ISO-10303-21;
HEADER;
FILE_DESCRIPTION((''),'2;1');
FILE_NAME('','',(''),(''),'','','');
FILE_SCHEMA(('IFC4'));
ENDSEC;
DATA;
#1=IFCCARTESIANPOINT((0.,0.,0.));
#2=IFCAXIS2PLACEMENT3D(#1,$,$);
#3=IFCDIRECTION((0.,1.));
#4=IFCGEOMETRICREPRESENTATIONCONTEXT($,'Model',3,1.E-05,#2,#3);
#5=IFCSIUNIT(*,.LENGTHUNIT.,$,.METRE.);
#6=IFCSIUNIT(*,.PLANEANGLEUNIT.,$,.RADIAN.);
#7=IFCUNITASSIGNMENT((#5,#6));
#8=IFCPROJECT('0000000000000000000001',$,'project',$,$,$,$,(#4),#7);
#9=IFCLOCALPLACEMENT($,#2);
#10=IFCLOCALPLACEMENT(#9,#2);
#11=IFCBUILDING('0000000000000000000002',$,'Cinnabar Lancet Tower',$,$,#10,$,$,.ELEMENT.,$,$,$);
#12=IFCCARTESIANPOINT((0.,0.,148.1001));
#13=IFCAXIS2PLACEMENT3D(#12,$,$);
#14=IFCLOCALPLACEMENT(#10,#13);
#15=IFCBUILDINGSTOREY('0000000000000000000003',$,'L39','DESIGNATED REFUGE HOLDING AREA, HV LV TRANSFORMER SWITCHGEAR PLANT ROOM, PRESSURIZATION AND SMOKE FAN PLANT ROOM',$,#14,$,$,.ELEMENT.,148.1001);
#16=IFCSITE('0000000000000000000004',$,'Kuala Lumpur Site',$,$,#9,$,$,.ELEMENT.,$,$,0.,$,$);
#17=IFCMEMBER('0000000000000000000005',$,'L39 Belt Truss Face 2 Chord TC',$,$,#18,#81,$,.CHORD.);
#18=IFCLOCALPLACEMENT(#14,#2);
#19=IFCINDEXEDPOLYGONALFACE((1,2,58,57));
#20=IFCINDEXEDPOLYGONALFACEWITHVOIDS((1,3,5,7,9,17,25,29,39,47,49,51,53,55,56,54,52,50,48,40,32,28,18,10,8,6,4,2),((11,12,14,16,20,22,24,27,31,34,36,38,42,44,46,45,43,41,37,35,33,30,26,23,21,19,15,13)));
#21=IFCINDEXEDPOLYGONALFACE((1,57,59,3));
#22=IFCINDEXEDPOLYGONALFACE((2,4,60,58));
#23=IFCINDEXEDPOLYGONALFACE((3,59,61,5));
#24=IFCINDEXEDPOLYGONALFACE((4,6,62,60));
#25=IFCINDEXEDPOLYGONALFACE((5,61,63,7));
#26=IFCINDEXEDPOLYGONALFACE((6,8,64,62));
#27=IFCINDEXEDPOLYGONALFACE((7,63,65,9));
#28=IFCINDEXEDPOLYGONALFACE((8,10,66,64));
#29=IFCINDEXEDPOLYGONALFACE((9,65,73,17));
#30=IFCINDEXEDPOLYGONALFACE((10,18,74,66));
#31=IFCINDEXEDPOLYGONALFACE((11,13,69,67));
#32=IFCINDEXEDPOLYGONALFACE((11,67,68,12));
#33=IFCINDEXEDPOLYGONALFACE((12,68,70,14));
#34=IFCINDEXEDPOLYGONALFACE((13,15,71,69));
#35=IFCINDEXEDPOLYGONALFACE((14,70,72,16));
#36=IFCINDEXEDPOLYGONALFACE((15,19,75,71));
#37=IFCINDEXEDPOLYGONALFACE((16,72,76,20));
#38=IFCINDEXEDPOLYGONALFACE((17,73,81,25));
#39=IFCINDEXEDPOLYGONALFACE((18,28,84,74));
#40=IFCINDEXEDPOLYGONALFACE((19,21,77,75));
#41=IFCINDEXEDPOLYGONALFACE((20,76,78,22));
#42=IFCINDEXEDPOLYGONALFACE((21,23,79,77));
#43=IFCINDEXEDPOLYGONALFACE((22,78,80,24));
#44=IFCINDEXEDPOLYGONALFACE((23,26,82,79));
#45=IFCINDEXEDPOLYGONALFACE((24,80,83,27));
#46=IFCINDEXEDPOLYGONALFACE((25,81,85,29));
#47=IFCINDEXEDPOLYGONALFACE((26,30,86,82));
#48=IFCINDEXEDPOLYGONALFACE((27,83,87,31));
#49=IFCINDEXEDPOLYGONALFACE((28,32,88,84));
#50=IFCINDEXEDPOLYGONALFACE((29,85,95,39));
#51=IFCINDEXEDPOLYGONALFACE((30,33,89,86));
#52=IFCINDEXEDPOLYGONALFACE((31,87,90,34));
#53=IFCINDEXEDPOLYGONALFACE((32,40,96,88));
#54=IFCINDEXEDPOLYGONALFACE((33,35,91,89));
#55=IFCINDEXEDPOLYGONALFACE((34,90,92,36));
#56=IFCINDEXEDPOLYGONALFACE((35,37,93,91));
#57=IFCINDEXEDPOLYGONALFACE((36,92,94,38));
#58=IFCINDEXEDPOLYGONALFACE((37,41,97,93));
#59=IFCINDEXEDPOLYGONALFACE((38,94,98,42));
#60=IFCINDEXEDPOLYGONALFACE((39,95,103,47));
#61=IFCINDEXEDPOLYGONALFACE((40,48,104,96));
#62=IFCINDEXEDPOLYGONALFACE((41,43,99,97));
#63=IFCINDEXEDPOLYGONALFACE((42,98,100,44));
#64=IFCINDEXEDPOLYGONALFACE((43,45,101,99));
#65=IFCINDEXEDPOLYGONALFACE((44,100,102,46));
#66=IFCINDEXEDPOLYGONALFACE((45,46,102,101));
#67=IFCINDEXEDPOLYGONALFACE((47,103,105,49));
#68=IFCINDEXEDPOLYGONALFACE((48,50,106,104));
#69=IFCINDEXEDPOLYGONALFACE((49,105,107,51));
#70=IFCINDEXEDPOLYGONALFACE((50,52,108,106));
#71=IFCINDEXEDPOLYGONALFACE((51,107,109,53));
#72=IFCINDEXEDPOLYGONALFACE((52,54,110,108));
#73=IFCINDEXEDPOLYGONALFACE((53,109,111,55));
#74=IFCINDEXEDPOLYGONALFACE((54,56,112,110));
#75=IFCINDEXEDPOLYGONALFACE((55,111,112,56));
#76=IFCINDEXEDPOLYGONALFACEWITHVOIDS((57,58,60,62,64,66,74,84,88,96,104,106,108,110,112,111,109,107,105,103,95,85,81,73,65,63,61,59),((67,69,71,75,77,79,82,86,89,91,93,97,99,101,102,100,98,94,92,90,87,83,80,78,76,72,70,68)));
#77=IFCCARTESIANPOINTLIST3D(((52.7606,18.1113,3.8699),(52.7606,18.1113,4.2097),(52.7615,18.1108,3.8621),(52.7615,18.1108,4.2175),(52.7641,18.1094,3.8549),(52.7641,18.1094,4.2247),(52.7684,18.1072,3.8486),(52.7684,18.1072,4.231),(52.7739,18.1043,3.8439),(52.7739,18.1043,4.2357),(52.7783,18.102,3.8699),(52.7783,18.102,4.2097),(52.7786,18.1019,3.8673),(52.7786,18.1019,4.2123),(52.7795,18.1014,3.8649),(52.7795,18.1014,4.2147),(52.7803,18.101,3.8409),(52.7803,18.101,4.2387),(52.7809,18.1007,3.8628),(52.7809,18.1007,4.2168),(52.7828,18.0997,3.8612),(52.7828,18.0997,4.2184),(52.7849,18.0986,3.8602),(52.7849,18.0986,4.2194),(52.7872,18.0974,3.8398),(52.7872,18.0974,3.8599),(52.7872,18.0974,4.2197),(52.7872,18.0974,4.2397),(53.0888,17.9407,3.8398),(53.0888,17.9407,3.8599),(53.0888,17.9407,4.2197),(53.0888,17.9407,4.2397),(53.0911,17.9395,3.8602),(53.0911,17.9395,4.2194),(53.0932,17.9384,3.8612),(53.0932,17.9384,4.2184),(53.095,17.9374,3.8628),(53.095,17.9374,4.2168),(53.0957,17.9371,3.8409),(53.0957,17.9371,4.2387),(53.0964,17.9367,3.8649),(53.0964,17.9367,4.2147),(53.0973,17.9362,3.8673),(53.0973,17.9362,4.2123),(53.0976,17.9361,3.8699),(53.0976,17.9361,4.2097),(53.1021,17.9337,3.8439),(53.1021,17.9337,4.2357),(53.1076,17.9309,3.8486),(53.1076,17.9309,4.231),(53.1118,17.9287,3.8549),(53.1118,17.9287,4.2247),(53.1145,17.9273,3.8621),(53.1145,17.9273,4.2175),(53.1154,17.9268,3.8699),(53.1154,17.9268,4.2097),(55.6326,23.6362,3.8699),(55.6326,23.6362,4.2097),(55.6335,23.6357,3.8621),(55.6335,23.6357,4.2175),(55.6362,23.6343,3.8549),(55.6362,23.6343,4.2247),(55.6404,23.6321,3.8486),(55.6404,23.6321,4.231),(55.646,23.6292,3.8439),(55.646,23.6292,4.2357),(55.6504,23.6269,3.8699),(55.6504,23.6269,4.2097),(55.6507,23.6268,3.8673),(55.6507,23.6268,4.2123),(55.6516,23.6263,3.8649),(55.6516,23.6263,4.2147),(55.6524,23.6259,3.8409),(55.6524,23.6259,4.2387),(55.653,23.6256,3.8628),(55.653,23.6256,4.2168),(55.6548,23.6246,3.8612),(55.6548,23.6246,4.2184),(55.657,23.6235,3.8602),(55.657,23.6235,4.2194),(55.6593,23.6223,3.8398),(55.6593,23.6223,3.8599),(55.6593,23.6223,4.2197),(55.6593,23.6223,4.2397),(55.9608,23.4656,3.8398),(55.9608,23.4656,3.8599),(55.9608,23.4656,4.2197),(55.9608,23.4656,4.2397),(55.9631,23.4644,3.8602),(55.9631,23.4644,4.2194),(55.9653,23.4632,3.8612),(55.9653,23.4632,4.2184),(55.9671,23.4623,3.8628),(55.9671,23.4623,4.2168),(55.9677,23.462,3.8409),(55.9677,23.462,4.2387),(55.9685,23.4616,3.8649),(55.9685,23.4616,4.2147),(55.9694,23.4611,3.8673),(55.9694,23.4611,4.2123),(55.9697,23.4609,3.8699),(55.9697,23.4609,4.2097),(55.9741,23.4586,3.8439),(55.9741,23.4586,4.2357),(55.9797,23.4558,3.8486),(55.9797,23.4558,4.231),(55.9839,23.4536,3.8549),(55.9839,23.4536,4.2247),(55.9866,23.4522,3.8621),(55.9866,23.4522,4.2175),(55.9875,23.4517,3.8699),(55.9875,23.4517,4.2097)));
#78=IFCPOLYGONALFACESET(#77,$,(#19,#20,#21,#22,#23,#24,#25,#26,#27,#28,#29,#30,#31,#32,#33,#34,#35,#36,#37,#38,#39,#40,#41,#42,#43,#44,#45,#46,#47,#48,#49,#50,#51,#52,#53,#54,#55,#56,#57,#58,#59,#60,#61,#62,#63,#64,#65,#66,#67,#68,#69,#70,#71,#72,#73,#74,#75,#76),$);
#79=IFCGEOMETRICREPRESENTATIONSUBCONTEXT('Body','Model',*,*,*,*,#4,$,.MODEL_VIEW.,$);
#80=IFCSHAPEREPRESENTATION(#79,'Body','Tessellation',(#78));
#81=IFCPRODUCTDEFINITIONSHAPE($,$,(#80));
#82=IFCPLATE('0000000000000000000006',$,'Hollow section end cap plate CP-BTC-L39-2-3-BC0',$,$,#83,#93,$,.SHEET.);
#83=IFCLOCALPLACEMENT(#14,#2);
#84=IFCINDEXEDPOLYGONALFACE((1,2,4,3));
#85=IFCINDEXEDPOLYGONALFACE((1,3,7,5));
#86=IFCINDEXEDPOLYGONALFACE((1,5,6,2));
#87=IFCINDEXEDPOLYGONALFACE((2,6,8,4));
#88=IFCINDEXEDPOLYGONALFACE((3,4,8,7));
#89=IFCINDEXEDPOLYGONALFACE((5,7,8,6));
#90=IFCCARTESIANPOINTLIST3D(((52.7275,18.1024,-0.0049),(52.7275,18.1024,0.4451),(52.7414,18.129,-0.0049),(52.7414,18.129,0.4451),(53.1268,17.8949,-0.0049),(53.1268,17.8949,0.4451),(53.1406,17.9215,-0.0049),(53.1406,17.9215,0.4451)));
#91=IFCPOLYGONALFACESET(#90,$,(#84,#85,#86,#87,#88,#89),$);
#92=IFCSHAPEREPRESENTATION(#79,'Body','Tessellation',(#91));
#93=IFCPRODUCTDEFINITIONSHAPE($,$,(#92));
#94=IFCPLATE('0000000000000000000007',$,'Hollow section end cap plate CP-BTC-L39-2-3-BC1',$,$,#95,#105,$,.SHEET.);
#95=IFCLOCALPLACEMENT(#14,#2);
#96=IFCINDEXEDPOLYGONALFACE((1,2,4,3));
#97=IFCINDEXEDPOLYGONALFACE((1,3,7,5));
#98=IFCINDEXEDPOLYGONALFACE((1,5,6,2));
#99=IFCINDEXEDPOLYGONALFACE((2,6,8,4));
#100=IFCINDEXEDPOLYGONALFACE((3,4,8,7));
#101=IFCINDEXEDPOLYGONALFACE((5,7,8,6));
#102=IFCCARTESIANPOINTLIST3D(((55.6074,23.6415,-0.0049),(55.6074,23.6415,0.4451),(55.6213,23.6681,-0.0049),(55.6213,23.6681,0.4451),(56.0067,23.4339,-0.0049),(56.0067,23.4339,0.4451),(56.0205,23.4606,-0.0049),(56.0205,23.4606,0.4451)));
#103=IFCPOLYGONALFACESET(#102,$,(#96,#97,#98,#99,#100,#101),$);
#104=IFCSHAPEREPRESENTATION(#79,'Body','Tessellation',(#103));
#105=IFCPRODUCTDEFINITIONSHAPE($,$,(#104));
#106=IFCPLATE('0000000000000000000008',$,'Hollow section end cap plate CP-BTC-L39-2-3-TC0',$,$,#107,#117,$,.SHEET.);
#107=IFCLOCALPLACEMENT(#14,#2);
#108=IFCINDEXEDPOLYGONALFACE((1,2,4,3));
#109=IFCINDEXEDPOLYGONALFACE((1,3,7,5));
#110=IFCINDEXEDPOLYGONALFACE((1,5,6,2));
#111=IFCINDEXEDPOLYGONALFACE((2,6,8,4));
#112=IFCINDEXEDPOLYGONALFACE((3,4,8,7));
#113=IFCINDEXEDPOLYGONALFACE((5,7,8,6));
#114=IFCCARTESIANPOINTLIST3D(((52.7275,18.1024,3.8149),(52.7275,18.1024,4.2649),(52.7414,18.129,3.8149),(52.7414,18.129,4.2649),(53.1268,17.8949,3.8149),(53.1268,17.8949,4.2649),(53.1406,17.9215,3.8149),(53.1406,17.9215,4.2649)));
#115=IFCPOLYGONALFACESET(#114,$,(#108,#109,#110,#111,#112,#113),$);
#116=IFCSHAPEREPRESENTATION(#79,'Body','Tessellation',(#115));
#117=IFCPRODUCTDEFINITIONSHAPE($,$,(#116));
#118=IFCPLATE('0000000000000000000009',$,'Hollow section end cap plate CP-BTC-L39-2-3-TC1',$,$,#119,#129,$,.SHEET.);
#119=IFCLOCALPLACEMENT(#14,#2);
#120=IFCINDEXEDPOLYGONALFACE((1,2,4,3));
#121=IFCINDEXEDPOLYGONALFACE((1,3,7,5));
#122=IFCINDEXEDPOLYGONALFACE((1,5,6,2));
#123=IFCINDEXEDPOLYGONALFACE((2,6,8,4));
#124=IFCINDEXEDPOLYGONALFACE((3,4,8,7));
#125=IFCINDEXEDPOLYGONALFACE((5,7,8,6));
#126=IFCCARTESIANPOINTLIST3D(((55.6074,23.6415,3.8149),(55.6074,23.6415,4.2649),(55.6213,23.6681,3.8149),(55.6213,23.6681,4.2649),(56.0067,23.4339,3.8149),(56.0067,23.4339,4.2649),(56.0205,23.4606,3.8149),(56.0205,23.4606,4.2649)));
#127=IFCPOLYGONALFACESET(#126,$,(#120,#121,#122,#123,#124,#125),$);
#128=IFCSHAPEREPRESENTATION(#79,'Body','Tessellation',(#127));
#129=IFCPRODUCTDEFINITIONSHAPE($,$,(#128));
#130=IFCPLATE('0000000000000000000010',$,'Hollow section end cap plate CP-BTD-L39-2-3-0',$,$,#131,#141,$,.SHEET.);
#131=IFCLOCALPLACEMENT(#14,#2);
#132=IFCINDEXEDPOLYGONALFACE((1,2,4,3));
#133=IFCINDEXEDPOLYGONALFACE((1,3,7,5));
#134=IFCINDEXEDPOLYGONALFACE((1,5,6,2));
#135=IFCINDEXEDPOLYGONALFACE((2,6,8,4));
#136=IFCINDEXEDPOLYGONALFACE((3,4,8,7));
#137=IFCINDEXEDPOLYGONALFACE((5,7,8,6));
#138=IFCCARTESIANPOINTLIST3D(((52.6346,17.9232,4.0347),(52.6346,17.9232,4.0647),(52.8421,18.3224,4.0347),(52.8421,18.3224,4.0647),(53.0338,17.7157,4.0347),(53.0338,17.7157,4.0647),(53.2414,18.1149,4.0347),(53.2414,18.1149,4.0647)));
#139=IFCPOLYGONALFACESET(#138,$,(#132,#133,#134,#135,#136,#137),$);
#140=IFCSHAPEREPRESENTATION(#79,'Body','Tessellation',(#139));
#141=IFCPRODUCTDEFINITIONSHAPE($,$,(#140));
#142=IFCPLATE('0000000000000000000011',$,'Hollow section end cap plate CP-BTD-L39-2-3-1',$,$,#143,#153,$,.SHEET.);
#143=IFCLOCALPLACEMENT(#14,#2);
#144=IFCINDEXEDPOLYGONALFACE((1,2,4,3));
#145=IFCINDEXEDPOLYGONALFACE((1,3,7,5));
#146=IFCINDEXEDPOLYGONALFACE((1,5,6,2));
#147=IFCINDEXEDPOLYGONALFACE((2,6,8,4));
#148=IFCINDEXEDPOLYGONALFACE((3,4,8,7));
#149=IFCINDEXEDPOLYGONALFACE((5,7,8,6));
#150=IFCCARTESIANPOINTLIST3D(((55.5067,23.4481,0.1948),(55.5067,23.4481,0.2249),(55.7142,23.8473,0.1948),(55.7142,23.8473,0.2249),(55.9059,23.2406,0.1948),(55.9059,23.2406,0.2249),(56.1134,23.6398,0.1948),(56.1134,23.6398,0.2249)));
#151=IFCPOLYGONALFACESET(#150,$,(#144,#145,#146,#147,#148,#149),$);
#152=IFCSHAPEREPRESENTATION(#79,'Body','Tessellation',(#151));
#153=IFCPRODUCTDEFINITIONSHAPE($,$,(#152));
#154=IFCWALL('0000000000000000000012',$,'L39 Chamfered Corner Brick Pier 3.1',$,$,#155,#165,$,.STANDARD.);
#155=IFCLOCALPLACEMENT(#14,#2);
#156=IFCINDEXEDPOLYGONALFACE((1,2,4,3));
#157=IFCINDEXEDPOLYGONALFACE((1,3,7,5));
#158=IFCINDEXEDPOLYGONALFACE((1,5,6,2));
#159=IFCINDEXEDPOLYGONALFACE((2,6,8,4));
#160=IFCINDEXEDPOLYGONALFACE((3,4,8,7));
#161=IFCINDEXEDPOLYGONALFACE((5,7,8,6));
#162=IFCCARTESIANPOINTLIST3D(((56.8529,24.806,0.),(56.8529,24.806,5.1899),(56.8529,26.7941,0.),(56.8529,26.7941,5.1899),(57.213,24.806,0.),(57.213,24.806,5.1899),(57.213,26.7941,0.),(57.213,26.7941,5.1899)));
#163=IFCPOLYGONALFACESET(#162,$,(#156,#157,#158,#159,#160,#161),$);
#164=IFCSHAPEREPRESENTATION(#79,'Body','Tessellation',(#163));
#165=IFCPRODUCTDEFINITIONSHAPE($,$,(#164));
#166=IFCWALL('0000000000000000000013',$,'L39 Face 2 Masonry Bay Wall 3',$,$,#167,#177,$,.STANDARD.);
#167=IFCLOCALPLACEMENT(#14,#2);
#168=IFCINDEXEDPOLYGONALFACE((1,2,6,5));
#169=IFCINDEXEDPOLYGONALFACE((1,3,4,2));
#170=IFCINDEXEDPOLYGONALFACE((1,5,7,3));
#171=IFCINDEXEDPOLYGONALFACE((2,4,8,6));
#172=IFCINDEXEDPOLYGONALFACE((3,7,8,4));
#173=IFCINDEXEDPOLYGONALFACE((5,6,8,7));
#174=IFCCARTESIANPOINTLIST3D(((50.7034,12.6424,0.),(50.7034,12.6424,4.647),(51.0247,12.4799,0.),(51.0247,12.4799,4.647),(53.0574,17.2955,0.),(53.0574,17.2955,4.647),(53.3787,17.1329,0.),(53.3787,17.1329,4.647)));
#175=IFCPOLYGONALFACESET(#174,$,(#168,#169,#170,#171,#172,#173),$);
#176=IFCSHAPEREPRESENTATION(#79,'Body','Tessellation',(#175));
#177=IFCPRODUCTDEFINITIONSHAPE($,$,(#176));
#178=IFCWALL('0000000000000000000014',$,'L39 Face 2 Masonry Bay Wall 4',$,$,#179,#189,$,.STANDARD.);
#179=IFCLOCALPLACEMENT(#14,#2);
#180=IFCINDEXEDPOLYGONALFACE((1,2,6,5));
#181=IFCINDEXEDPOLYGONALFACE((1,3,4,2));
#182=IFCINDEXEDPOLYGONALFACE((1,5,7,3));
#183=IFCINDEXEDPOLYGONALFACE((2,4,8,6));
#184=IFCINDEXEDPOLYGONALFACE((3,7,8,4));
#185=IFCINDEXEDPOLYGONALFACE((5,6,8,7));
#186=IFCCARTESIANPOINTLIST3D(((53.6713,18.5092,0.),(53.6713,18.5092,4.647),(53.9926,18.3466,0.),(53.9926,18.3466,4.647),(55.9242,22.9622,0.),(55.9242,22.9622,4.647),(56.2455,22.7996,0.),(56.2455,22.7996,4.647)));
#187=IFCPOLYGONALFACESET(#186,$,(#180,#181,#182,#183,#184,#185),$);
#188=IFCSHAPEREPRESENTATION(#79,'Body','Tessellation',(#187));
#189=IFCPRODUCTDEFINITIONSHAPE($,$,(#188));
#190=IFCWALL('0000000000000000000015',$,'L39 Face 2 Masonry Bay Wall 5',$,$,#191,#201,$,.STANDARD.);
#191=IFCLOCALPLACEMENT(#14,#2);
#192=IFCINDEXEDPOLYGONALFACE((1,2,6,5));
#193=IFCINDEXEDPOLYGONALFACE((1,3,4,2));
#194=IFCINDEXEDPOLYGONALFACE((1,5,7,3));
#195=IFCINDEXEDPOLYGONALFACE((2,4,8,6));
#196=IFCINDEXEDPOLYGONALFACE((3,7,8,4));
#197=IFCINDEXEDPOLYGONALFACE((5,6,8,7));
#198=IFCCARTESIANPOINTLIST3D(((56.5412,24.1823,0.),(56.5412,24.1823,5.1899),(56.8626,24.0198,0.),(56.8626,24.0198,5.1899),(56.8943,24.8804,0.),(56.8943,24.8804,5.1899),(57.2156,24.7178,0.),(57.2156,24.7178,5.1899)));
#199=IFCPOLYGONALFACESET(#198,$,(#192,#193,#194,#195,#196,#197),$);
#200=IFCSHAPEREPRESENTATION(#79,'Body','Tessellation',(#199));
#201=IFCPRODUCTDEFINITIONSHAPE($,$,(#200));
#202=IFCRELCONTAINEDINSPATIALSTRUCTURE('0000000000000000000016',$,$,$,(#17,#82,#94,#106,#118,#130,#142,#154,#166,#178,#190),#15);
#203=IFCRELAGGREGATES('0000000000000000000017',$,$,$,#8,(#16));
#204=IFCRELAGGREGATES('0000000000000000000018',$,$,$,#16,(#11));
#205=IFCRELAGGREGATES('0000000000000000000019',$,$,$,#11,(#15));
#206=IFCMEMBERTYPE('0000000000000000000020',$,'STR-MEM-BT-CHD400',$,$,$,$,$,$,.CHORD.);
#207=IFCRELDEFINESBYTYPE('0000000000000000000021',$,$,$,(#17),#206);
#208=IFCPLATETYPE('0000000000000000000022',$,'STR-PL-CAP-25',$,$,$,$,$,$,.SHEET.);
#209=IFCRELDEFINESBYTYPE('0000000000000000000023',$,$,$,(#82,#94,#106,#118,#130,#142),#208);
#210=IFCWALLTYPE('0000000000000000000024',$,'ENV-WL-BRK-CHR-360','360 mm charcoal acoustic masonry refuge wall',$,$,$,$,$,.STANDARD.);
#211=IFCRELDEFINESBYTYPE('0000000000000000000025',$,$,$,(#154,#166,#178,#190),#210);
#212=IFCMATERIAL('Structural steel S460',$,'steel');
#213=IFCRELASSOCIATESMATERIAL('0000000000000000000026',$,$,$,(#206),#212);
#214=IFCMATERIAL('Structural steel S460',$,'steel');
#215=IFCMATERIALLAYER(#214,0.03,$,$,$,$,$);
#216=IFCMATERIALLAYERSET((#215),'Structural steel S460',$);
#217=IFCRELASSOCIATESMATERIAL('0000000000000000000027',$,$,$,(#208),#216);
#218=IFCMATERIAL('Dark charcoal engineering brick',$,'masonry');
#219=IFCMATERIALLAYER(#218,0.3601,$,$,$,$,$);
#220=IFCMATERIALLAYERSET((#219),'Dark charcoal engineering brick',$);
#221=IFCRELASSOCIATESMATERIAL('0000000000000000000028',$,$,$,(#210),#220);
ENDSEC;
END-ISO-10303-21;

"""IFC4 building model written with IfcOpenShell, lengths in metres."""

from ifc_helpers import new_model, si_unit, direction, frame, frame_2d, origin, origin_2d, place, context, subcontext, project, spatial, rectangle, hollow_rectangle, extrude, material, layer, layer_set, material_profile, profile_set, type_object, element, save


model = new_model("IFC4")

# Units and contexts
model_context = context("Model", 3, precision=1e-05, world=origin(), true_north=direction((0.0, 1.0)))
body_context = subcontext(model_context, "Body", "Model", "MODEL_VIEW")
ifc_project = project(units=[si_unit("LENGTHUNIT", "METRE"), si_unit("PLANEANGLEUNIT", "RADIAN")], contexts=[model_context])

# Site, building, storey
site_placement = place(None, origin())
site = spatial("IfcSite", under=ifc_project, at=site_placement, Name="Kuala Lumpur Site", CompositionType="ELEMENT", RefElevation=0.0)
building_placement = place(site_placement, origin())
building = spatial("IfcBuilding", under=site, at=building_placement, Name="Cinnabar Lancet Tower", CompositionType="ELEMENT")
storey_placement = place(building_placement, frame((0.0, 0.0, 148.1001)))
storey = spatial("IfcBuildingStorey", under=building, at=storey_placement, Name="L39", Description="DESIGNATED REFUGE HOLDING AREA, HV LV TRANSFORMER SWITCHGEAR PLANT ROOM, PRESSURIZATION AND SMOKE FAN PLANT ROOM", CompositionType="ELEMENT", Elevation=148.1001)

# Member
ifc_material_1 = material(Name="Structural steel S460", Category="steel")
ifc_material_profile_1 = material_profile(ifc_material_1, hollow_rectangle(XDim=0.3999, YDim=0.3999, WallThickness=0.02, InnerFilletRadius=0.01, OuterFilletRadius=0.03, at=origin_2d()), Name="SHS 400x400x20")
ifc_profile_set_1 = profile_set([ifc_material_profile_1], Name="Structural steel S460")
member_type_1 = type_object("IfcMemberType", Name="STR-MEM-BT-CHD400", PredefinedType="CHORD", material=ifc_profile_set_1)
for number, where, z_axis, x_axis, name in (
    (1, (52.938, 18.019, 4.0398), (0.461242, 0.887275, 0.0), (-0.887275, 0.461242, 0.0), "L39 Belt Truss Face 2 Chord TC"),
):
    element("IfcMember", number, at=place(storey_placement, frame(where, z_axis=z_axis, x_axis=x_axis)), inside=storey, type_object=member_type_1, Name=name, PredefinedType="CHORD", context=body_context, shape_type="SweptSolid", body=[
        extrude(hollow_rectangle(XDim=0.3999, YDim=0.3999, WallThickness=0.02, InnerFilletRadius=0.01, OuterFilletRadius=0.03, at=origin_2d()), origin(), (0.0, 0.0, 1.0), 6.2268),
    ])

# Plates
ifc_material_2 = material(Name="Structural steel S460", Category="steel")
ifc_layer_1 = layer(ifc_material_2, 0.03)
ifc_layer_set_1 = layer_set([ifc_layer_1], Name="Structural steel S460")
plate_type = type_object("IfcPlateType", Name="STR-PL-CAP-25", PredefinedType="SHEET", material=ifc_layer_set_1)
for number, where, z_axis, x_axis, name in (
    (2, (52.9341, 18.012, -0.0049), (0.0, 0.0, 1.0), (-0.461222, -0.887285, 0.0), "Hollow section end cap plate CP-BTC-L39-2-3-BC0"),
    (3, (55.814, 23.551, -0.0049), (0.0, 0.0, 1.0), (0.461222, 0.887285, 0.0), "Hollow section end cap plate CP-BTC-L39-2-3-BC1"),
    (4, (52.9341, 18.012, 3.8149), (0.0, 0.0, 1.0), (-0.461222, -0.887285, 0.0), "Hollow section end cap plate CP-BTC-L39-2-3-TC0"),
    (5, (55.814, 23.551, 3.8149), (0.0, 0.0, 1.0), (0.461222, 0.887285, 0.0), "Hollow section end cap plate CP-BTC-L39-2-3-TC1"),
):
    element("IfcPlate", number, at=place(storey_placement, frame(where, z_axis=z_axis, x_axis=x_axis)), inside=storey, type_object=plate_type, Name=name, PredefinedType="SHEET", context=body_context, shape_type="SweptSolid", body=[
        extrude(rectangle(XDim=0.03, YDim=0.45, at=origin_2d()), origin(), (0.0, 0.0, 1.0), 0.45),
    ])
for number, where, z_axis, x_axis, name in (
    (6, (52.938, 18.019, 4.0347), (0.0, 0.0, 1.0), (-0.461222, -0.887285, 0.0), "Hollow section end cap plate CP-BTD-L39-2-3-0"),
    (7, (55.8101, 23.5439, 0.1948), (0.0, 0.0, 1.0), (0.461222, 0.887285, 0.0), "Hollow section end cap plate CP-BTD-L39-2-3-1"),
):
    element("IfcPlate", number, at=place(storey_placement, frame(where, z_axis=z_axis, x_axis=x_axis)), inside=storey, type_object=plate_type, Name=name, PredefinedType="SHEET", context=body_context, shape_type="SweptSolid", body=[
        extrude(rectangle(XDim=0.45, YDim=0.45, at=origin_2d()), origin(), (0.0, 0.0, 1.0), 0.03),
    ])

# Walls
ifc_material_3 = material(Name="Dark charcoal engineering brick", Category="masonry")
ifc_layer_2 = layer(ifc_material_3, 0.3601)
ifc_layer_set_2 = layer_set([ifc_layer_2], Name="Dark charcoal engineering brick")
wall_type = type_object("IfcWallType", Name="ENV-WL-BRK-CHR-360", Description="360 mm charcoal acoustic masonry refuge wall", PredefinedType="STANDARD", material=ifc_layer_set_2)
wall_1_placement = place(storey_placement, frame((57.033, 24.8059, 0.0), z_axis=(0.0, 0.0, 1.0), x_axis=(0.0, 1.0, 0.0)))
element("IfcWall", 8, at=wall_1_placement, inside=storey, type_object=wall_type, Name="L39 Chamfered Corner Brick Pier 3.1", PredefinedType="STANDARD", context=body_context, shape_type="SweptSolid", body=[
    extrude(rectangle(XDim=1.988, YDim=0.3601, at=frame_2d((0.9941, 0.0))), origin(), (0.0, 0.0, 1.0), 5.1899),
])
wall_2_placement = place(storey_placement, frame((50.864, 12.561, 0.0), z_axis=(0.0, 0.0, 1.0), x_axis=(0.451422, 0.89231, 0.0)))
element("IfcWall", 9, at=wall_2_placement, inside=storey, type_object=wall_type, Name="L39 Face 2 Masonry Bay Wall 3", PredefinedType="STANDARD", context=body_context, shape_type="SweptSolid", body=[
    extrude(rectangle(XDim=5.2146, YDim=0.3601, at=frame_2d((2.6074, 0.0))), origin(), (0.0, 0.0, 1.0), 4.647),
])
wall_3_placement = place(storey_placement, frame((53.832, 18.428, 0.0), z_axis=(0.0, 0.0, 1.0), x_axis=(0.451435, 0.892304, 0.0)))
element("IfcWall", 10, at=wall_3_placement, inside=storey, type_object=wall_type, Name="L39 Face 2 Masonry Bay Wall 4", PredefinedType="STANDARD", context=body_context, shape_type="SweptSolid", body=[
    extrude(rectangle(XDim=4.9905, YDim=0.3601, at=frame_2d((2.4951, 0.0))), origin(), (0.0, 0.0, 1.0), 4.647),
])
wall_4_placement = place(storey_placement, frame((56.7019, 24.1011, 0.0), z_axis=(0.0, 0.0, 1.0), x_axis=(0.451329, 0.892358, 0.0)))
element("IfcWall", 11, at=wall_4_placement, inside=storey, type_object=wall_type, Name="L39 Face 2 Masonry Bay Wall 5", PredefinedType="STANDARD", context=body_context, shape_type="SweptSolid", body=[
    extrude(rectangle(XDim=0.7822, YDim=0.3601, at=frame_2d((0.3911, 0.0))), origin(), (0.0, 0.0, 1.0), 5.1899),
])

save(model, "model.ifc")
